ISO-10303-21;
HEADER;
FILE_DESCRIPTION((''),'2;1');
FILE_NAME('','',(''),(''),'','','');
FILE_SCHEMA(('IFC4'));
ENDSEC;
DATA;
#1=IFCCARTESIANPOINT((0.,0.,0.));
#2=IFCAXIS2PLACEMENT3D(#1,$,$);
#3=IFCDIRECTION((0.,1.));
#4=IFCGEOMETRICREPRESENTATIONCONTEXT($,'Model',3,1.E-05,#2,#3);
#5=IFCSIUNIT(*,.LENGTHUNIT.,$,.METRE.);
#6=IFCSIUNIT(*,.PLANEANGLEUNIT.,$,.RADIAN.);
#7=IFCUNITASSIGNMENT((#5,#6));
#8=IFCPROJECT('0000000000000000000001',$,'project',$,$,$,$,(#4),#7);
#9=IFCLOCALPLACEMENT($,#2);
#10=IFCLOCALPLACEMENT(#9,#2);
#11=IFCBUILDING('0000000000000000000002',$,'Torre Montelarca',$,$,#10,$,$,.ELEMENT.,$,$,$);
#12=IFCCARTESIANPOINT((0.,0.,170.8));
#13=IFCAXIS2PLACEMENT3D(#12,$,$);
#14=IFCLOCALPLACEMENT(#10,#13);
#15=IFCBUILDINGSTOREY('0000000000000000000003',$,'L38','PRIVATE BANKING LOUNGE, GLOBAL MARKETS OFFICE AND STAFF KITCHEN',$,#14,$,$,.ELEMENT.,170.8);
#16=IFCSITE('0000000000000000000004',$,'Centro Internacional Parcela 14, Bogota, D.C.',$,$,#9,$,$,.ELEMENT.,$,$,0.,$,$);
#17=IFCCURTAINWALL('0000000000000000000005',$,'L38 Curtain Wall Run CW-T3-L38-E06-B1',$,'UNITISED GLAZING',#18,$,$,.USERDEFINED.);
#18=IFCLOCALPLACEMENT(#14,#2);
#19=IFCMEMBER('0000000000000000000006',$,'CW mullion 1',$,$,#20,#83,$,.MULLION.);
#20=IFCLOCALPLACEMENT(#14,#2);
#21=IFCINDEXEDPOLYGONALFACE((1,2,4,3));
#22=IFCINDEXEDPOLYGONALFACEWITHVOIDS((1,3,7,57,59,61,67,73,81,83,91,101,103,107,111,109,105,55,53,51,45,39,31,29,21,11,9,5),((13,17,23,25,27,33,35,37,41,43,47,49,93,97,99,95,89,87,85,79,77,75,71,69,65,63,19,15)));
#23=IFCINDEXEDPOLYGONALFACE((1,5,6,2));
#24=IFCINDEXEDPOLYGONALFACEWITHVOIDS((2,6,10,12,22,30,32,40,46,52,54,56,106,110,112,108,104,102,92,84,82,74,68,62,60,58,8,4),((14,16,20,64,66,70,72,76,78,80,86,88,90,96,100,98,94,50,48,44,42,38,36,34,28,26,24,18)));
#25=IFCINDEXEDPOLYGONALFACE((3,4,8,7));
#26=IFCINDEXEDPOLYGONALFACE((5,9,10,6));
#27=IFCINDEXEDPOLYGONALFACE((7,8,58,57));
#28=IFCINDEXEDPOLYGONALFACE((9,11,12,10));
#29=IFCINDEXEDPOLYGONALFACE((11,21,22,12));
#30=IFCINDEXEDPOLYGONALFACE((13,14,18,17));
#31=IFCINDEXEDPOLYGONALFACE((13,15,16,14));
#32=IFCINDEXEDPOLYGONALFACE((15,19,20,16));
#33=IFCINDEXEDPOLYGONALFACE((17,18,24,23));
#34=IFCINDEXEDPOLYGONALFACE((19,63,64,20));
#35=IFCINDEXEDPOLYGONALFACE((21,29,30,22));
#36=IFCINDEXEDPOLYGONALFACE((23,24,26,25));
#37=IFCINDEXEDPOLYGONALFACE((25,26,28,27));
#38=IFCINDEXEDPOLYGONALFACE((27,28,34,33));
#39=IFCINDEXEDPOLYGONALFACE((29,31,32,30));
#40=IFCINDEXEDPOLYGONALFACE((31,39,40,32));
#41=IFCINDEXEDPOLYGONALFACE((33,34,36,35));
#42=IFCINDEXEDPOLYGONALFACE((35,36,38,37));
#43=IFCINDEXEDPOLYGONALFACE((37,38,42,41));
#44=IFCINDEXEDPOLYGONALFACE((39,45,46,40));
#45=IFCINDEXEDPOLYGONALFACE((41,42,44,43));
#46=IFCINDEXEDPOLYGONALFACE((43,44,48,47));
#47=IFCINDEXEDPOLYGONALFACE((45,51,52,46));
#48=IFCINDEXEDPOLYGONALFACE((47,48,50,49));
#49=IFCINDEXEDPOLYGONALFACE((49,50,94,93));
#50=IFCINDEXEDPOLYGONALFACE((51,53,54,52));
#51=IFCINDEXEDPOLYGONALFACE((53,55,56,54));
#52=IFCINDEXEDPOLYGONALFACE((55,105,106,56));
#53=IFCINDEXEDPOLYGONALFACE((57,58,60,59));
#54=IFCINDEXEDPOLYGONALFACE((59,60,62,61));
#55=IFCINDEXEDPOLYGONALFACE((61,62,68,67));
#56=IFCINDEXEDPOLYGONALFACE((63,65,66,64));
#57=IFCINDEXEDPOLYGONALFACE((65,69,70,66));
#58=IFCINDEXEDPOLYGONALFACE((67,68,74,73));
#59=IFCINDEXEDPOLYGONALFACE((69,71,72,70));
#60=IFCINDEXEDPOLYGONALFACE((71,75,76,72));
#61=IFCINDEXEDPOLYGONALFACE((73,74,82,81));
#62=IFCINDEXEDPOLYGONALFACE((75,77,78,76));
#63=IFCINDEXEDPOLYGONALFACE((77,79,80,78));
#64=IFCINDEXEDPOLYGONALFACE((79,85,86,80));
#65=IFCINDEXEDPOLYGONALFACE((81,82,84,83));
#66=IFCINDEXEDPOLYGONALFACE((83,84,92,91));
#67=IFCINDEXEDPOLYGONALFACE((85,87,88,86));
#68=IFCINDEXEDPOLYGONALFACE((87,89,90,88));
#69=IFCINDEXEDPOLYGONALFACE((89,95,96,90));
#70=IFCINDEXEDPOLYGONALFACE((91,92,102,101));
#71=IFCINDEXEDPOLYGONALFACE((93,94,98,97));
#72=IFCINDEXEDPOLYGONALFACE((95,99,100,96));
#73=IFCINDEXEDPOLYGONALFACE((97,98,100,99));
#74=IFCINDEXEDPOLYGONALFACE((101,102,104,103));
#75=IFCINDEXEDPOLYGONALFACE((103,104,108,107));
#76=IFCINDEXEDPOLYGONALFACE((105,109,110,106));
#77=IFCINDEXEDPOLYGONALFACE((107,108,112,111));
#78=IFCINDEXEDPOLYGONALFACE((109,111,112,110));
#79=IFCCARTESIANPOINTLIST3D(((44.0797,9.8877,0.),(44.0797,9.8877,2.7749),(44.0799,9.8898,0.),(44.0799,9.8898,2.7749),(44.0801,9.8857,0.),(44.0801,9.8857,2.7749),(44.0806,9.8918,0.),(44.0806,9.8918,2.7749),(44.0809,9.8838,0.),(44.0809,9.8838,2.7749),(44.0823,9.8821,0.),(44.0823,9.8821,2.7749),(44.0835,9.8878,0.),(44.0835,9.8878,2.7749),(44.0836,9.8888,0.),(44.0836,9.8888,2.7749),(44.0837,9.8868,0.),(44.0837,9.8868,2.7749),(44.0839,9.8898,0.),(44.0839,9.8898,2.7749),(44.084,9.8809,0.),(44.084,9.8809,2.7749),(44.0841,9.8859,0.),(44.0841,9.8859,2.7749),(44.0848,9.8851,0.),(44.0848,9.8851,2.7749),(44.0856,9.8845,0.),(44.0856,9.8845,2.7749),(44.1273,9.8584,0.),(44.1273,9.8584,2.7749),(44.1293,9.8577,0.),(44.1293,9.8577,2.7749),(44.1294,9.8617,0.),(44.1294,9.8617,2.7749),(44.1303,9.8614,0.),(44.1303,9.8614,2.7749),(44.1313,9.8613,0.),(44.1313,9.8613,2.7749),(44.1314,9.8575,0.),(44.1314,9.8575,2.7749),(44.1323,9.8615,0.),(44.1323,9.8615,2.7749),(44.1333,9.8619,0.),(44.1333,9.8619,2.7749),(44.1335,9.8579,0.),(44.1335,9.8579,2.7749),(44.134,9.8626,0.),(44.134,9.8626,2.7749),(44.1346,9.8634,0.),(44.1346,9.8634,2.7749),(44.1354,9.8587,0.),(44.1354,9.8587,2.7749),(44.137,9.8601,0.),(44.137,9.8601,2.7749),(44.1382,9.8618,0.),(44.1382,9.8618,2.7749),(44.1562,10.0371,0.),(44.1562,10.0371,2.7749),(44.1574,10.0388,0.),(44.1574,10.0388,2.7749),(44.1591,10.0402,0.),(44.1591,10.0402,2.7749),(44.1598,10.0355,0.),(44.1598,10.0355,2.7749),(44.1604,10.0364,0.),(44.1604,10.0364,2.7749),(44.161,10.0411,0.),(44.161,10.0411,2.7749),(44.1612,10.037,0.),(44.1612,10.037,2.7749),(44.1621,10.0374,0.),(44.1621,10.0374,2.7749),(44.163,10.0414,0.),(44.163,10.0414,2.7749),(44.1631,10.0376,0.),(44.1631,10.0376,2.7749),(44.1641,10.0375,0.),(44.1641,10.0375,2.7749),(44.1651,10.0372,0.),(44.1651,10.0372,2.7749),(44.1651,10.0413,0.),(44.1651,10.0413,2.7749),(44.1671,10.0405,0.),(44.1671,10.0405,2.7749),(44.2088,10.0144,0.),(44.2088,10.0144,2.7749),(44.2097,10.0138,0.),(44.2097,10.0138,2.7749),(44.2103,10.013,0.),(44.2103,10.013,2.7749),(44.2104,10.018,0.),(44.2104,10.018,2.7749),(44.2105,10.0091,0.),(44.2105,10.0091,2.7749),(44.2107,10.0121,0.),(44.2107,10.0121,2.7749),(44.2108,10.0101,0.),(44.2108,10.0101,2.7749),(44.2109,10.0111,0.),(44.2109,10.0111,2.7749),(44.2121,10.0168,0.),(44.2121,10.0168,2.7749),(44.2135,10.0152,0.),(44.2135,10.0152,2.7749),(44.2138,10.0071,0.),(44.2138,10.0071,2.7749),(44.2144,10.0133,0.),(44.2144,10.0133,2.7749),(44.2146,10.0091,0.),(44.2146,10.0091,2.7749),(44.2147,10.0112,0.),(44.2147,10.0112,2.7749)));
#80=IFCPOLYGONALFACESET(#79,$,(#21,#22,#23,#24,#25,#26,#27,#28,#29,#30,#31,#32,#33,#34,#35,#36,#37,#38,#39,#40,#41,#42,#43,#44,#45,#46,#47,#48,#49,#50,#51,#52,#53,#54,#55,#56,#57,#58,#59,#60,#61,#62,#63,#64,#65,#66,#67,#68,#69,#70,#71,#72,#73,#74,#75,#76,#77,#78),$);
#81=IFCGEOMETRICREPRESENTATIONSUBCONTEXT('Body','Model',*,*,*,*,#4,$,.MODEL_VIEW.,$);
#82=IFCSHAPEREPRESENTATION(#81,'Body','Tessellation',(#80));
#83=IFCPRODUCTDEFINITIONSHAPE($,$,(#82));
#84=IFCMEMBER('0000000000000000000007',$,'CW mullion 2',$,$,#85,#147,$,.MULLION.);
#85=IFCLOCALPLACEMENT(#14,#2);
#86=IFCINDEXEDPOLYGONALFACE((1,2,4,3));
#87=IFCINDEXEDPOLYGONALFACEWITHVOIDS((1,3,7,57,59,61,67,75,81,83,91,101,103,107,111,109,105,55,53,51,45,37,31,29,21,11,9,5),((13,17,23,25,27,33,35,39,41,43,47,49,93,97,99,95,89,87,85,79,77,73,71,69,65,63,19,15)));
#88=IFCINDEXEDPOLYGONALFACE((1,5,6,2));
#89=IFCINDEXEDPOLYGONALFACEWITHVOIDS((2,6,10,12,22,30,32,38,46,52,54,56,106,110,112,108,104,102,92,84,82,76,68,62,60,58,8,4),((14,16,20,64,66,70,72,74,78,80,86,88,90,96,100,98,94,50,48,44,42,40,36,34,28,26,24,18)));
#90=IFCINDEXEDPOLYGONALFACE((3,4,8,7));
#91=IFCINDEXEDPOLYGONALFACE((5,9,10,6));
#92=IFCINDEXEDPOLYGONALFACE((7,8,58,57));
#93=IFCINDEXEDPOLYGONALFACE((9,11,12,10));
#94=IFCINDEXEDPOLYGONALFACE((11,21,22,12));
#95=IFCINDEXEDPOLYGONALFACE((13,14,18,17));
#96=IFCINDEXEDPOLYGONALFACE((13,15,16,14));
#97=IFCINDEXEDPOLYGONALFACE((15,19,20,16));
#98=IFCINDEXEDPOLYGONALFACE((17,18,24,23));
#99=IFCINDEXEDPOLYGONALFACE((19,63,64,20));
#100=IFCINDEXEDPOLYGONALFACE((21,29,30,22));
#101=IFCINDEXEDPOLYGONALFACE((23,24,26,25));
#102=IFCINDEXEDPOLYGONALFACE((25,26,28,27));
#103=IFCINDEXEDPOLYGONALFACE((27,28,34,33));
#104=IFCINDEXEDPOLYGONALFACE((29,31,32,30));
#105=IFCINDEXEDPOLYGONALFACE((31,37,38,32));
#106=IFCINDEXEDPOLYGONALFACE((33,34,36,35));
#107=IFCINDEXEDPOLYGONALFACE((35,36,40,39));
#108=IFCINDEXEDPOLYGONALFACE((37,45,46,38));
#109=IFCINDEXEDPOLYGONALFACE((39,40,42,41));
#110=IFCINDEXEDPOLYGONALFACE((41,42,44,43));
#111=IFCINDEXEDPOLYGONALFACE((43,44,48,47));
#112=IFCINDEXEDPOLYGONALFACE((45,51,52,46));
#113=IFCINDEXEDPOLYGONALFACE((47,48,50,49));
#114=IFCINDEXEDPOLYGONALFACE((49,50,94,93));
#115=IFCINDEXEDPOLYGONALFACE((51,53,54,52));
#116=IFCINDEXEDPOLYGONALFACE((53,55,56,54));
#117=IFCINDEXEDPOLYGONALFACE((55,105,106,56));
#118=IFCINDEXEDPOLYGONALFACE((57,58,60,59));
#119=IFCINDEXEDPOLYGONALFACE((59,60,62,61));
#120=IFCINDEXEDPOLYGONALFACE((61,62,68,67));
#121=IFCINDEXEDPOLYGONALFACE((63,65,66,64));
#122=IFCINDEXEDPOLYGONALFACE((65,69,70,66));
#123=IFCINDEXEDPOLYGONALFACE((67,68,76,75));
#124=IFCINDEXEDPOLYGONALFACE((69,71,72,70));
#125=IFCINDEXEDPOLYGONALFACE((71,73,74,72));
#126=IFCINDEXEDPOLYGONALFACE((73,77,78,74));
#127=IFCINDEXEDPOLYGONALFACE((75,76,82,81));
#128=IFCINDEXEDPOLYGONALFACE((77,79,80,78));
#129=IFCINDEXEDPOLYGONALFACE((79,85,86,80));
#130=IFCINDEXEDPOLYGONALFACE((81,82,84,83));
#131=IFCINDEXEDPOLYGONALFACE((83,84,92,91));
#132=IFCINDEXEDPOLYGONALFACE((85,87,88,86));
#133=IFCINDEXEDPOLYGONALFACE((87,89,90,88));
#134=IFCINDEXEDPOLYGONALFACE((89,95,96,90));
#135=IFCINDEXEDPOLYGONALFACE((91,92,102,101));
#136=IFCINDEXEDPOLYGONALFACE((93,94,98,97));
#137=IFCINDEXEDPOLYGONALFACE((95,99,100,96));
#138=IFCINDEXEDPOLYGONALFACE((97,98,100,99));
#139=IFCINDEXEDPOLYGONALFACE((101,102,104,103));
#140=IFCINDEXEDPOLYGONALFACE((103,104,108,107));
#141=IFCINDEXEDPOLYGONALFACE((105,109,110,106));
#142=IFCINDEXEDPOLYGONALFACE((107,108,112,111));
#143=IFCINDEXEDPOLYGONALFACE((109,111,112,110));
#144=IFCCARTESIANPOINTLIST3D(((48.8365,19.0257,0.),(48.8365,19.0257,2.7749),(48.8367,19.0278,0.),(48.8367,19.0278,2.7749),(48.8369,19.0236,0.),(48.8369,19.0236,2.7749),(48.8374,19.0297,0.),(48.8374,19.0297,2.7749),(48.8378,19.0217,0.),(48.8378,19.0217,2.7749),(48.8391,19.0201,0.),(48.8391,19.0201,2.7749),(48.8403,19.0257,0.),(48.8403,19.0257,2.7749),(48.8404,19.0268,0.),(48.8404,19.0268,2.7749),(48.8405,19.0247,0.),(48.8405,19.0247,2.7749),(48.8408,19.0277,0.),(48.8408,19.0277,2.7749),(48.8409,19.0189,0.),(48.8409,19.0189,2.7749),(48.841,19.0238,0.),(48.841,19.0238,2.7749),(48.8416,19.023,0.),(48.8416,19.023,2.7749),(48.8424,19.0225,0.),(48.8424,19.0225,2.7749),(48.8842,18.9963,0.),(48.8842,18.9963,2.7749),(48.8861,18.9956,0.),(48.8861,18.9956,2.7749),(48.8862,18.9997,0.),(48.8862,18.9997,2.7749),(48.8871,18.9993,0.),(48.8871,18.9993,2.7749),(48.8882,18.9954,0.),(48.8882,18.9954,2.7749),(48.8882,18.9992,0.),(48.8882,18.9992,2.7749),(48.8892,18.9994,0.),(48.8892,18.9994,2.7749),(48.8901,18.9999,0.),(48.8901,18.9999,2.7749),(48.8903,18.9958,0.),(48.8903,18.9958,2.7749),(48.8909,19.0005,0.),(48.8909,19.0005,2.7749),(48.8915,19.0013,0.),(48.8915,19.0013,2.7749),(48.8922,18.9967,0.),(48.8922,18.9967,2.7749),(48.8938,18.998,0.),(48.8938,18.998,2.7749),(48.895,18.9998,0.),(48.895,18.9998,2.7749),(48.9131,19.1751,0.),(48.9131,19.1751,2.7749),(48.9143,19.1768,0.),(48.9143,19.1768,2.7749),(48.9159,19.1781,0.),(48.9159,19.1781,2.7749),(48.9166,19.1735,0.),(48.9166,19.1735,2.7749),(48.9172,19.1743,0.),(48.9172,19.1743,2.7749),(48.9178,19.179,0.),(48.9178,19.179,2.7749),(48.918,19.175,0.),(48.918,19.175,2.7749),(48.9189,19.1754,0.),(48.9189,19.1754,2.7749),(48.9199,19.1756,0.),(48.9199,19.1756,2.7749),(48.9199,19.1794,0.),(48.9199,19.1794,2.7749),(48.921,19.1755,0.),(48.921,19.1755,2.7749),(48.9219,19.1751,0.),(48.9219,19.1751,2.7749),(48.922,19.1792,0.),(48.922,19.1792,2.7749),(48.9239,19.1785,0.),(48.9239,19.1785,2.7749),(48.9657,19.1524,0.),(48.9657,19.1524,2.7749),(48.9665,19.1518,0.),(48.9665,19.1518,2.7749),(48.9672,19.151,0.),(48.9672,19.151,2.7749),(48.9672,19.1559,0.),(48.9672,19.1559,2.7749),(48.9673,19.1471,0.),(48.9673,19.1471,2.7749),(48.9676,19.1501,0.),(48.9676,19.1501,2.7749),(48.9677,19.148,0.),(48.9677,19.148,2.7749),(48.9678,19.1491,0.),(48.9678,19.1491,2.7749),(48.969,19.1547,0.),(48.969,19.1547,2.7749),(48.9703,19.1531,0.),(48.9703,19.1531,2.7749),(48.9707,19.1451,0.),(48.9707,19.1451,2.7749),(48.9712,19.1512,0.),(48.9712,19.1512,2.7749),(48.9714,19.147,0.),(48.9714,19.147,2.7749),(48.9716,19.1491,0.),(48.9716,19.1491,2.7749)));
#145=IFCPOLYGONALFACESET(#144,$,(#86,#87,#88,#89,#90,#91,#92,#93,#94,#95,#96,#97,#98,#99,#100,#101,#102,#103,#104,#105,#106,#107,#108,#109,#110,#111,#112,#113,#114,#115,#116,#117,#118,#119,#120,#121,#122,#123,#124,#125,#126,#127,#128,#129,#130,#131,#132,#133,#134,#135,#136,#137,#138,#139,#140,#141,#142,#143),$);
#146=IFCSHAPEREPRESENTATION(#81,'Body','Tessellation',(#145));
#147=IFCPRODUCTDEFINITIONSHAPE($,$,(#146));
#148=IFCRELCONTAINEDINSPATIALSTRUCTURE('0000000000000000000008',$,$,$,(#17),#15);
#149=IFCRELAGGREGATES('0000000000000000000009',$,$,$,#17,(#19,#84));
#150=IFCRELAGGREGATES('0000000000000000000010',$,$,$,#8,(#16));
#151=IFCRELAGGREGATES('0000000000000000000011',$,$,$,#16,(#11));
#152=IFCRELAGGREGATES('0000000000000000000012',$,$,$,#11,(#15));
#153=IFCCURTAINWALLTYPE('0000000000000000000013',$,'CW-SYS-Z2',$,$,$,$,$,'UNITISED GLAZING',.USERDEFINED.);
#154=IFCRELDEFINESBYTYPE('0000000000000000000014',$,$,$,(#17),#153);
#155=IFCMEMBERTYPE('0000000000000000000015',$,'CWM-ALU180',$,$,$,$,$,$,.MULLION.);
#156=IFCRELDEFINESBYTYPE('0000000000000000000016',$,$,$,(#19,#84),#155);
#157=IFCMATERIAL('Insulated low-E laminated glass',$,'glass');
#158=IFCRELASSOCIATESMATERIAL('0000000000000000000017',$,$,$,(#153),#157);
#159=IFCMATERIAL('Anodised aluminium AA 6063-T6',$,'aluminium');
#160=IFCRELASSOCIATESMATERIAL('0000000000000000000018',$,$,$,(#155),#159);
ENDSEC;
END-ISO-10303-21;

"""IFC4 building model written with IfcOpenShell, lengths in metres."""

from ifc_helpers import new_model, si_unit, direction, frame, origin, origin_2d, place, context, subcontext, project, spatial, hollow_rectangle, extrude, source, transform, mapped, material, material_profile, profile_set, type_object, element, aggregate, save


model = new_model("IFC4")

# Units and contexts
model_context = context("Model", 3, precision=1e-05, world=origin(), true_north=direction((0.0, 1.0)))
body_context = subcontext(model_context, "Body", "Model", "MODEL_VIEW")
ifc_project = project(units=[si_unit("LENGTHUNIT", "METRE"), si_unit("PLANEANGLEUNIT", "RADIAN")], contexts=[model_context])

# Site, building, storey
site_placement = place(None, origin())
site = spatial("IfcSite", under=ifc_project, at=site_placement, Name="Centro Internacional Parcela 14, Bogota, D.C.", CompositionType="ELEMENT", RefElevation=0.0)
building_placement = place(site_placement, origin())
building = spatial("IfcBuilding", under=site, at=building_placement, Name="Torre Montelarca", CompositionType="ELEMENT")
storey_placement = place(building_placement, frame((0.0, 0.0, 170.8)))
storey = spatial("IfcBuildingStorey", under=building, at=storey_placement, Name="L38", Description="PRIVATE BANKING LOUNGE, GLOBAL MARKETS OFFICE AND STAFF KITCHEN", CompositionType="ELEMENT", Elevation=170.8)

# Curtain wall
ifc_material_1 = material(Name="Insulated low-E laminated glass", Category="glass")
curtain_wall_type = type_object("IfcCurtainWallType", Name="CW-SYS-Z2", ElementType="UNITISED GLAZING", PredefinedType="USERDEFINED", material=ifc_material_1)
ifc_material_2 = material(Name="Anodised aluminium AA 6063-T6", Category="aluminium")
curtain_wall_1_placement = place(storey_placement, origin())
curtain_wall_1 = element("IfcCurtainWall", 1, at=curtain_wall_1_placement, inside=storey, type_object=curtain_wall_type, Name="L38 Curtain Wall Run CW-T3-L38-E06-B1", ObjectType="UNITISED GLAZING", PredefinedType="USERDEFINED")

# Shared definitions
ifc_material_profile_1 = material_profile(ifc_material_2, hollow_rectangle(XDim=0.0649, YDim=0.1799, WallThickness=0.0039, InnerFilletRadius=0.0039, OuterFilletRadius=0.0081, at=origin_2d()), Name="ALU65X180X4", Category="aluminium")
ifc_profile_set_1 = profile_set([ifc_material_profile_1], Name="Anodised aluminium AA 6063-T6")
member_type_1 = type_object("IfcMemberType", Name="CWM-ALU180", PredefinedType="MULLION", material=ifc_profile_set_1)

# Members
shared_shape_1 = source(origin(), body_context, "Body", "SweptSolid", [
    extrude(hollow_rectangle(XDim=0.0649, YDim=0.1799, WallThickness=0.0039, InnerFilletRadius=0.0039, OuterFilletRadius=0.0081, at=origin_2d()), origin(), (0.0, 0.0, 1.0), 2.7749),
])
member_1_placement = place(storey_placement, frame((44.1472, 9.9495, 0.0), z_axis=(0.0, 0.0, 1.0), x_axis=(-0.887014, 0.461743, 0.0)))
member_1 = element("IfcMember", 2, at=member_1_placement, type_object=member_type_1, Name="CW mullion 1", PredefinedType="MULLION", context=body_context, shape_type="MappedRepresentation", body=[
    mapped(shared_shape_1, transform((0.0, 0.0, 0.0), scale=1.0)),
])
member_2_placement = place(storey_placement, frame((48.9041, 19.0874, 0.0), z_axis=(0.0, 0.0, 1.0), x_axis=(-0.887014, 0.461743, 0.0)))
member_2 = element("IfcMember", 3, at=member_2_placement, type_object=member_type_1, Name="CW mullion 2", PredefinedType="MULLION", context=body_context, shape_type="MappedRepresentation", body=[
    mapped(shared_shape_1, transform((0.0, 0.0, 0.0), scale=1.0)),
])

aggregate(curtain_wall_1, [member_1, member_2])

save(model, "model.ifc")
